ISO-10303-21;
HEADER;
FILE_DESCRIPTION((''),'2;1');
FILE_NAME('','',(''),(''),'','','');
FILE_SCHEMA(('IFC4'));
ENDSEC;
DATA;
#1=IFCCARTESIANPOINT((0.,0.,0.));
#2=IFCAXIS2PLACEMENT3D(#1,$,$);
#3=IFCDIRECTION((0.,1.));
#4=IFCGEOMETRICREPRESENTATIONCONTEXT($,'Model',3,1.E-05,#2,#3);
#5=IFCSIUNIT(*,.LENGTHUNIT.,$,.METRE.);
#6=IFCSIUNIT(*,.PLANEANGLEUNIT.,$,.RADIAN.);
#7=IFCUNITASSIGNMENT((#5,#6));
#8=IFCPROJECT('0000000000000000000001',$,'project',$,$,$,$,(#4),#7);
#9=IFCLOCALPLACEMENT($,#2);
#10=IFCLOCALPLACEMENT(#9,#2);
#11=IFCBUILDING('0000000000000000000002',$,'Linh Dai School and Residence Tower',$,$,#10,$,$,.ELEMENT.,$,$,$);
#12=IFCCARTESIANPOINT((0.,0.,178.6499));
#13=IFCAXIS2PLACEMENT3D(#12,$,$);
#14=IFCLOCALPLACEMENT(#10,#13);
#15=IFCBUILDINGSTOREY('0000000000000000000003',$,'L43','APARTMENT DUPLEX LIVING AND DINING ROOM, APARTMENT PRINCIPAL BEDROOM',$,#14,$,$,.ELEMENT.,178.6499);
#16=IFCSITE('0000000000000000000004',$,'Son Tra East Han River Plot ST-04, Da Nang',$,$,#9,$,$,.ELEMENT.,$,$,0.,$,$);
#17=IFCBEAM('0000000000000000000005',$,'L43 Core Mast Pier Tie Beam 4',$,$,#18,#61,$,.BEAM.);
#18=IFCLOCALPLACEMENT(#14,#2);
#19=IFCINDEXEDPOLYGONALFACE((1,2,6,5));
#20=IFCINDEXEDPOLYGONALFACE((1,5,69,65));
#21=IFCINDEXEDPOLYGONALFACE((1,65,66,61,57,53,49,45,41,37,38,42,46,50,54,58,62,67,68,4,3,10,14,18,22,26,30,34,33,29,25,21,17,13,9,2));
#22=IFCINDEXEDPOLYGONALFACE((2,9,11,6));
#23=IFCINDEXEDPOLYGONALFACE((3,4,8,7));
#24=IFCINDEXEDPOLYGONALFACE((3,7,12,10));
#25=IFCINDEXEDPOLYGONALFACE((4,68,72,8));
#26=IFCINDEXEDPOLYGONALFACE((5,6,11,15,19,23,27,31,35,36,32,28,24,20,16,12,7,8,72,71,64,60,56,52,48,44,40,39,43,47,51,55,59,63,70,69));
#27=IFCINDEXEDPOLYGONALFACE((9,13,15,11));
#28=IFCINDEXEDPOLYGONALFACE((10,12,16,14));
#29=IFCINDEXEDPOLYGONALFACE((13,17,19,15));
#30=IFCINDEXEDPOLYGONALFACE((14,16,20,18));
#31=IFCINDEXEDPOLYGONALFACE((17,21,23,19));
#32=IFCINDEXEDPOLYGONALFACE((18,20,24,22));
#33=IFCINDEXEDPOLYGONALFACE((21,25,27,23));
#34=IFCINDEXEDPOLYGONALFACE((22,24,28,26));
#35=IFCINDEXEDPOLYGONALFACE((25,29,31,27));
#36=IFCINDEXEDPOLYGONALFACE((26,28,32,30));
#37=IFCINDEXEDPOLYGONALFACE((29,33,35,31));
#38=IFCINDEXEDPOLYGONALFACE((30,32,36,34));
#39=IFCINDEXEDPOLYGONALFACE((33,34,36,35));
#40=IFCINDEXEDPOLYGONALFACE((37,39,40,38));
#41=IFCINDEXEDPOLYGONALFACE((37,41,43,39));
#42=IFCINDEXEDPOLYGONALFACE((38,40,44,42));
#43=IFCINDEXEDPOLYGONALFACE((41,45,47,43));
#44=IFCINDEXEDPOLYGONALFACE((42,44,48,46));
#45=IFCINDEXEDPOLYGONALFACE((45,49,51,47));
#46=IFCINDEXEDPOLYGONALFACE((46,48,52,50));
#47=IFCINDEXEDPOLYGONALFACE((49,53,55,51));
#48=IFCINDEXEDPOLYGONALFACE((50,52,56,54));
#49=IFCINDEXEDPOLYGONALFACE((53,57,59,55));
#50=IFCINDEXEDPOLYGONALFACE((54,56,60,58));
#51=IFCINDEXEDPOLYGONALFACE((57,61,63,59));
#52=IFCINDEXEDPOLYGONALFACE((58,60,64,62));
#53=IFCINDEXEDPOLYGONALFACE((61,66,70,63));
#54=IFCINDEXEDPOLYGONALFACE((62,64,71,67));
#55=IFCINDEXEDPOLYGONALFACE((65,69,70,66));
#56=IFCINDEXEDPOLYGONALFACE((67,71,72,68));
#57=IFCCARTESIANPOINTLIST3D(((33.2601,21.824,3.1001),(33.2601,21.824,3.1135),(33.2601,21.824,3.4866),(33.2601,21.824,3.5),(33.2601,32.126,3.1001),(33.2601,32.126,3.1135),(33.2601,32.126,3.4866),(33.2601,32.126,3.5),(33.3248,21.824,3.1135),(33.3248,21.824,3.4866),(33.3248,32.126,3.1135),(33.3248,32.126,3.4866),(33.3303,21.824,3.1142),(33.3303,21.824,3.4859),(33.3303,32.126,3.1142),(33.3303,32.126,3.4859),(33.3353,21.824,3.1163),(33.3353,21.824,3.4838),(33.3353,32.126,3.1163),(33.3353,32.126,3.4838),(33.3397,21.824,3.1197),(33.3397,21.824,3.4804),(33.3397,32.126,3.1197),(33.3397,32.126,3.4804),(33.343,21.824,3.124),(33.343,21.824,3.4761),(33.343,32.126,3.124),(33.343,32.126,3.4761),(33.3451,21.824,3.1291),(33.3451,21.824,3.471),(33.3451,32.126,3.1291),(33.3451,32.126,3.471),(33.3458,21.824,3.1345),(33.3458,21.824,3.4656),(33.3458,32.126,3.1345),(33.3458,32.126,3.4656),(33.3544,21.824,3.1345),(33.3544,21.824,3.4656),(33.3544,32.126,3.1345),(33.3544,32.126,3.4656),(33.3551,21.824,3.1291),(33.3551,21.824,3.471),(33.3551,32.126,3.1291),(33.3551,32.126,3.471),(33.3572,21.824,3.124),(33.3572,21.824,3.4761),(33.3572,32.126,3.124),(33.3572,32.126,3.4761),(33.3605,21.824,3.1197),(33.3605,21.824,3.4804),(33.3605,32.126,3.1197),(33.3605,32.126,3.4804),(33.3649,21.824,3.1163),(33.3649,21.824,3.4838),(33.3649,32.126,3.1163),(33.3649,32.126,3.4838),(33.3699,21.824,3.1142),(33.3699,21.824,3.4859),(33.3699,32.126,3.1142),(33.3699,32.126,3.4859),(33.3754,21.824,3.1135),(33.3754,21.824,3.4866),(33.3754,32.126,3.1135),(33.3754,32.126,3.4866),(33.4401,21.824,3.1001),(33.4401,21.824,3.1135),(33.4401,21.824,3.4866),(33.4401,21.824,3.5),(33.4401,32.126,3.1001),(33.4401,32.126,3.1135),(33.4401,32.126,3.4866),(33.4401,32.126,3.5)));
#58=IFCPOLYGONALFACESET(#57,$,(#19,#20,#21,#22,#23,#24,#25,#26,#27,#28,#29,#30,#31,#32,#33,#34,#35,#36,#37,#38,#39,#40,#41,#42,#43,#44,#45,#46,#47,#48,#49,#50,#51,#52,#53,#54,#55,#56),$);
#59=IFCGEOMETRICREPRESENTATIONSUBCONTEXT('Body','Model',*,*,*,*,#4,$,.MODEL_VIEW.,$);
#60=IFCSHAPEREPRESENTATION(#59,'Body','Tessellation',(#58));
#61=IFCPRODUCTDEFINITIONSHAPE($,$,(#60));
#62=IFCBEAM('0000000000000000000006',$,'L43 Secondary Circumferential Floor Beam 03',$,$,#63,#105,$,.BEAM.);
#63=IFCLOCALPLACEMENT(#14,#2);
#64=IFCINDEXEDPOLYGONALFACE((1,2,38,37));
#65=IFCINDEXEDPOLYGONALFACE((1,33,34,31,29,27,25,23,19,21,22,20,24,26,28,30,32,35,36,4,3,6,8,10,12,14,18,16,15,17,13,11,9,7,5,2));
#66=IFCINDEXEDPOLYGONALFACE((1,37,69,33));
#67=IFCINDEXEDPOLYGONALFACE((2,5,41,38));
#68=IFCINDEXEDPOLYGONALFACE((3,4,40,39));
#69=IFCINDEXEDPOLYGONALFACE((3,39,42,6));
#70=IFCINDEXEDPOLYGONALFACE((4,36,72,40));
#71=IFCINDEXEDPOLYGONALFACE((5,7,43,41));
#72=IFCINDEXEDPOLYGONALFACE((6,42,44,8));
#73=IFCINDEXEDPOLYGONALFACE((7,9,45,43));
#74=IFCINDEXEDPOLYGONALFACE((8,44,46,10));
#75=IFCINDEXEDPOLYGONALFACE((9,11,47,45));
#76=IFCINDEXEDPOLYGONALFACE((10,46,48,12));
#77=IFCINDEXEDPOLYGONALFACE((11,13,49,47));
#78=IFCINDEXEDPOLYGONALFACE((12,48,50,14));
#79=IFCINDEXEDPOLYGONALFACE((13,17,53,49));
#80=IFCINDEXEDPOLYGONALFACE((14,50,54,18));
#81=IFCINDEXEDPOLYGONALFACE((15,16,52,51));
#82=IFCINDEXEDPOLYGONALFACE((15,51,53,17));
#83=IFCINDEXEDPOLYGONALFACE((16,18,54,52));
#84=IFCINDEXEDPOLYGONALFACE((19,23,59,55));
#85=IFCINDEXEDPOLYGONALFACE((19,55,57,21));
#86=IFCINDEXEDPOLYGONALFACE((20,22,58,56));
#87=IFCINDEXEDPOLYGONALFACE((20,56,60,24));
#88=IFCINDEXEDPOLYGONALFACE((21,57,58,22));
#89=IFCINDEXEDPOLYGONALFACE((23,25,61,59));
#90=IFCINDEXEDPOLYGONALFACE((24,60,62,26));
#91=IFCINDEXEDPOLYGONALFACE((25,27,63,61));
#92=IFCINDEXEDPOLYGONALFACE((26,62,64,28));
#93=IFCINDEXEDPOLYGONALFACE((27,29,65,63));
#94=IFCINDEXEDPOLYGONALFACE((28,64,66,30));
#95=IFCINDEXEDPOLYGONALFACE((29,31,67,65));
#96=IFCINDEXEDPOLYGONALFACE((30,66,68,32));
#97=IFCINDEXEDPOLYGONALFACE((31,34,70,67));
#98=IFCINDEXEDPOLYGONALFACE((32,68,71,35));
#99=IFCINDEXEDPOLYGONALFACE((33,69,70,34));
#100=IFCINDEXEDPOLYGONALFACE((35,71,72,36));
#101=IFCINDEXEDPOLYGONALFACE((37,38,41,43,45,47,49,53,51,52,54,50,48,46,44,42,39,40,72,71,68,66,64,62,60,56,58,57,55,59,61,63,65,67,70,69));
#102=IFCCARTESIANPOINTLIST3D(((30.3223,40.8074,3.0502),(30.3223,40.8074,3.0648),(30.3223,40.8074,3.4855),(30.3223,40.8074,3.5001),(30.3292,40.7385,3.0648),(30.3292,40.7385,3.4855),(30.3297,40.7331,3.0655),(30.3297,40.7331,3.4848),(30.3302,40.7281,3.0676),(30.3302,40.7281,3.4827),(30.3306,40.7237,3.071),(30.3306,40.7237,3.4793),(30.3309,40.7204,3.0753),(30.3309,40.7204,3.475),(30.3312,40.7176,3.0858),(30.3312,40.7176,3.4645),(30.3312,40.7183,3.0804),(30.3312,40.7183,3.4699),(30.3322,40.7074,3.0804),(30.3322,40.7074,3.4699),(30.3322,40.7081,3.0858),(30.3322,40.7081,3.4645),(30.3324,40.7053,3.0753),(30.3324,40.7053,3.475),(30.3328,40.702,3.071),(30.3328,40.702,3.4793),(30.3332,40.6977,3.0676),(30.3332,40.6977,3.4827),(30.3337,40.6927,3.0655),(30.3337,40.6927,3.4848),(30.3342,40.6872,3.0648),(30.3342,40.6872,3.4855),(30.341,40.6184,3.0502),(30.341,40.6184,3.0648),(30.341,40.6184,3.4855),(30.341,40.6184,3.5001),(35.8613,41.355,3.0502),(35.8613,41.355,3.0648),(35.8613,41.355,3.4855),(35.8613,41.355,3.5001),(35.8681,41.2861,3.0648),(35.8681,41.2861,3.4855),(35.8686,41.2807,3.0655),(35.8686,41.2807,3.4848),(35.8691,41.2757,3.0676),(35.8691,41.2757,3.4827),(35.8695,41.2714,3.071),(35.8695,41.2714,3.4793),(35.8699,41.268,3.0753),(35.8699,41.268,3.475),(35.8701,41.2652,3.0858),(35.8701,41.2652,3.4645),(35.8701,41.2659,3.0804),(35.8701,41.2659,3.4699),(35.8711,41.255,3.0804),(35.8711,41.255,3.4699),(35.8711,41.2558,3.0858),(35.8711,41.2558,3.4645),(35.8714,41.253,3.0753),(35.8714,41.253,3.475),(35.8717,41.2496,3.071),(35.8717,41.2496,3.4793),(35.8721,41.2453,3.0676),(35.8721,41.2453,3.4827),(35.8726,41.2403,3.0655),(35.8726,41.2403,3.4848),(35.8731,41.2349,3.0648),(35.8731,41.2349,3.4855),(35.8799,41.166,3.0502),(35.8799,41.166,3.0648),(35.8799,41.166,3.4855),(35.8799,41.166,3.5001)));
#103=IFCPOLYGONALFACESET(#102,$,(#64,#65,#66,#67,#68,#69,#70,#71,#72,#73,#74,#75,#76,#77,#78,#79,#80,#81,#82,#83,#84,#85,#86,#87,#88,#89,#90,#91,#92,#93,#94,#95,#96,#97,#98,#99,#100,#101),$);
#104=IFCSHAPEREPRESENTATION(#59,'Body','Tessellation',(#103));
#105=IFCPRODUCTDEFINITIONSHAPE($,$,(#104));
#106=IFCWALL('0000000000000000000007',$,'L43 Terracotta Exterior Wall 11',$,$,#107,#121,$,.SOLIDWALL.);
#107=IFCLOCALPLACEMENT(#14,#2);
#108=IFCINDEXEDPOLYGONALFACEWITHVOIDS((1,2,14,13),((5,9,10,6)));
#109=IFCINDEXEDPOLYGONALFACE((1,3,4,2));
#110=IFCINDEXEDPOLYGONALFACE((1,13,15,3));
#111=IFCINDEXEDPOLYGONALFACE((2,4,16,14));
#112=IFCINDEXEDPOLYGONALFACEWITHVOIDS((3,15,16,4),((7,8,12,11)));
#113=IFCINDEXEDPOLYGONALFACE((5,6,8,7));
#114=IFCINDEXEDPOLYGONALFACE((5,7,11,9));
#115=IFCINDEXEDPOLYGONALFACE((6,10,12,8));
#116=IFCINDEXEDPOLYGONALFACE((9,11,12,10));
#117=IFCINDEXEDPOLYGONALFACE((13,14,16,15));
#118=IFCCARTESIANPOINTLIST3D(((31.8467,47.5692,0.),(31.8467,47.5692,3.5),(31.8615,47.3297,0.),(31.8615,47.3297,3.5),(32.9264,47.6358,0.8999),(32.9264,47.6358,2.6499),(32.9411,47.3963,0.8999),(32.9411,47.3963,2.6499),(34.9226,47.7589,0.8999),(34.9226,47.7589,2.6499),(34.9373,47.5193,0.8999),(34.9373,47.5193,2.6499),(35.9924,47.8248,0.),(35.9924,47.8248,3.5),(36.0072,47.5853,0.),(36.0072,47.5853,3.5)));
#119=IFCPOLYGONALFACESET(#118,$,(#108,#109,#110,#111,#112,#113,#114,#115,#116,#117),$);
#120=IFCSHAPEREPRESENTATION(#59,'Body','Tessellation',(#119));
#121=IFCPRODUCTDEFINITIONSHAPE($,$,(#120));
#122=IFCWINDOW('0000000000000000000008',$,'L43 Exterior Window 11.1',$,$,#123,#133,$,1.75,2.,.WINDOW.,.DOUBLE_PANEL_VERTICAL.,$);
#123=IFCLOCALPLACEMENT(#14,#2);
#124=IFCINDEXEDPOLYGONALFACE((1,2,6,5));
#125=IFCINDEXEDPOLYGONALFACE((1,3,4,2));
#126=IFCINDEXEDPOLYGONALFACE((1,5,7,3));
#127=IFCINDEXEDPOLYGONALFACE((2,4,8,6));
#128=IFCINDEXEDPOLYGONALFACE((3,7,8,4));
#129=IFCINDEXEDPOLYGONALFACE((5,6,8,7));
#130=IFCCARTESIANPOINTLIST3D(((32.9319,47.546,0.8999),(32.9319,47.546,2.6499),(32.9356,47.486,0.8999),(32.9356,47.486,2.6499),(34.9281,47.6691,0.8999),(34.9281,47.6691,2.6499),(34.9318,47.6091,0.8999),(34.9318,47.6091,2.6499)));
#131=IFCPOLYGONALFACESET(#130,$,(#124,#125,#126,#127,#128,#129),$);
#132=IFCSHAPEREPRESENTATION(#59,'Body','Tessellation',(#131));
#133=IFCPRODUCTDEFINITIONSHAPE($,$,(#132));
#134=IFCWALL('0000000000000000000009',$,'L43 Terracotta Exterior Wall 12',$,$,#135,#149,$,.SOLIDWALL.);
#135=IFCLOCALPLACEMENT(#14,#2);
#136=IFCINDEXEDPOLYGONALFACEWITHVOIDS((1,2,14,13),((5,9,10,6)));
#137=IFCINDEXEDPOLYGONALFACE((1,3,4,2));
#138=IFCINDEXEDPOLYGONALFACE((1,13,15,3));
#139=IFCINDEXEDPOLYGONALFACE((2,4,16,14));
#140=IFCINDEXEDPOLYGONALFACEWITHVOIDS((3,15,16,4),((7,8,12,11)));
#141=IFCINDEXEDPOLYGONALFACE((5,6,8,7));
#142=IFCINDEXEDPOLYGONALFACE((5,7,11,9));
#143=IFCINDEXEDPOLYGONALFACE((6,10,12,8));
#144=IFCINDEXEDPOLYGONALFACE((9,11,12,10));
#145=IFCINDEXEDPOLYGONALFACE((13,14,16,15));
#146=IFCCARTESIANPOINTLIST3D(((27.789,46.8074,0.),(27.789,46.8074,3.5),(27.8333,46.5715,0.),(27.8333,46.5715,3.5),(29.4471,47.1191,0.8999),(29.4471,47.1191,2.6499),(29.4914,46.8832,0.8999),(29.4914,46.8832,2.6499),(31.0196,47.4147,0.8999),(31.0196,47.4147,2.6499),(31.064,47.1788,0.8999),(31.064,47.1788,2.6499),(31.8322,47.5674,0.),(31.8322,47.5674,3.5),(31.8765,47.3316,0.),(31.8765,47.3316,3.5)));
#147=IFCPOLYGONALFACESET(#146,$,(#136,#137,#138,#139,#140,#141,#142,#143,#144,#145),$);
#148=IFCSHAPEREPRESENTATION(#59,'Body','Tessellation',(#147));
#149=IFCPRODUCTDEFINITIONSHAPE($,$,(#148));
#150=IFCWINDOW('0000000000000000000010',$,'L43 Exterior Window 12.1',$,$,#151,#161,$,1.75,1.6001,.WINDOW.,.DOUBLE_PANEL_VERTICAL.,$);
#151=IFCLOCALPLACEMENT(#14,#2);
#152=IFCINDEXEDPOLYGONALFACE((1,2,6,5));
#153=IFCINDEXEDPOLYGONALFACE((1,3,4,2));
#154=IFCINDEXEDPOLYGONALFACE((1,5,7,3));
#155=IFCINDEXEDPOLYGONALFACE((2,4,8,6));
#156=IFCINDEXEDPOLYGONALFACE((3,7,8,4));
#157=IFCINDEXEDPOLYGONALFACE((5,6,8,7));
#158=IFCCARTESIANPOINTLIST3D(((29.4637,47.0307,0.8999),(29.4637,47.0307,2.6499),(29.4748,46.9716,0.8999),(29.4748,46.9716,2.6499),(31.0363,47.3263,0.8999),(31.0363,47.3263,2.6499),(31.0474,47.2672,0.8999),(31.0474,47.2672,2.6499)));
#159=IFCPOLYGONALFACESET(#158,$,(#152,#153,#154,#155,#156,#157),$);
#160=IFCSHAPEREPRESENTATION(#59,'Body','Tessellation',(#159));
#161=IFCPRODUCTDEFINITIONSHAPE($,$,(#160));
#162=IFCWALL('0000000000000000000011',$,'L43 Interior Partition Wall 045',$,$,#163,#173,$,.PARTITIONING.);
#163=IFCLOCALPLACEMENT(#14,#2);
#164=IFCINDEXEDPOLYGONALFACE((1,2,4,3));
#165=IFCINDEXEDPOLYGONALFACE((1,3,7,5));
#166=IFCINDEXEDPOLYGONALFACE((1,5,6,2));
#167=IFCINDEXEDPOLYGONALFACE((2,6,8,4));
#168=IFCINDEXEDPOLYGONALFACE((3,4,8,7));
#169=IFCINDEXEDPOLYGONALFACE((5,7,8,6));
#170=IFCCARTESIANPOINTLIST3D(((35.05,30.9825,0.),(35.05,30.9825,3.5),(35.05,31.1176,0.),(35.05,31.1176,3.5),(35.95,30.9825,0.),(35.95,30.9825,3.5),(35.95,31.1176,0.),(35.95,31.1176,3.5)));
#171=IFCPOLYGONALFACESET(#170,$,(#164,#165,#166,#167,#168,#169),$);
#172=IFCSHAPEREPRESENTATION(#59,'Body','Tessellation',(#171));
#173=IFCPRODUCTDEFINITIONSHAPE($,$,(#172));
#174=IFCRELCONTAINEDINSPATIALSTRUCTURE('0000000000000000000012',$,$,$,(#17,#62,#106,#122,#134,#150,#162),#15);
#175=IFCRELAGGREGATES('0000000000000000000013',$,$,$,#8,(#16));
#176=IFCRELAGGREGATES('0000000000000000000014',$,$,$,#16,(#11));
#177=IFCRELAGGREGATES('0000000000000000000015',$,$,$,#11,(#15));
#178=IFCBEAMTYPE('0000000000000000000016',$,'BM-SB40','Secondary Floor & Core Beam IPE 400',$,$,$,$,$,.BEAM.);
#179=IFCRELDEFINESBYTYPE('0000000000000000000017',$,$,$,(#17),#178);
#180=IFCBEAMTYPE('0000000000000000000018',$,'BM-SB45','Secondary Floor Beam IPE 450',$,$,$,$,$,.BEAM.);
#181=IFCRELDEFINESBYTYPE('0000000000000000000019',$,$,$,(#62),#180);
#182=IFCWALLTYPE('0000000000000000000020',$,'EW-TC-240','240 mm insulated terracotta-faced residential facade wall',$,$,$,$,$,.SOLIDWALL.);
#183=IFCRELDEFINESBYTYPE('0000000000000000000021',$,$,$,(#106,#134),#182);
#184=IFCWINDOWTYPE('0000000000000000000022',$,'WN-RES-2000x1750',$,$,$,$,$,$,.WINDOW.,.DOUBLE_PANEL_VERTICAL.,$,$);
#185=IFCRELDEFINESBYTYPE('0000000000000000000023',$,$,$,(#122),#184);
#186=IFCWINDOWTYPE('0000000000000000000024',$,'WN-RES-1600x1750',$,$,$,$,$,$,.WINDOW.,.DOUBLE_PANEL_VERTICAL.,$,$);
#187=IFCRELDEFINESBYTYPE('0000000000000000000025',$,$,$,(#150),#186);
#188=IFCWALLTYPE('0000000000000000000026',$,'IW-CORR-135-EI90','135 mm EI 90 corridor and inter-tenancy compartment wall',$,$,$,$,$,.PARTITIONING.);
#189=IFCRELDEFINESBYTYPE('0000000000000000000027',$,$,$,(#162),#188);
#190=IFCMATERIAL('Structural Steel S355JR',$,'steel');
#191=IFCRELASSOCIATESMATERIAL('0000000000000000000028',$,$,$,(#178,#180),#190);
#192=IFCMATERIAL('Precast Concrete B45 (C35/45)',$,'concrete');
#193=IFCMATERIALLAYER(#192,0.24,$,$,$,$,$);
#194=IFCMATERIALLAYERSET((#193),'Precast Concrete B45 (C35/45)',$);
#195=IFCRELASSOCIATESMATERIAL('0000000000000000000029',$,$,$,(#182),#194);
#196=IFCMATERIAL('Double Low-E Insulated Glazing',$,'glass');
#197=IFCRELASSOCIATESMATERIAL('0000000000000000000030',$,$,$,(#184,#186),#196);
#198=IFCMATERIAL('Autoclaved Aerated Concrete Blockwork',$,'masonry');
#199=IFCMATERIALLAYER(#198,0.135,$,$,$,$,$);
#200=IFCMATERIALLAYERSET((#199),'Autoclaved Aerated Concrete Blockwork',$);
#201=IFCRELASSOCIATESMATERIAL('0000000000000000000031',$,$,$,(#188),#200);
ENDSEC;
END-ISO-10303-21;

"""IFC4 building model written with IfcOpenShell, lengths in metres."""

from ifc_helpers import new_model, si_unit, direction, frame, frame_2d, origin, origin_2d, place, context, subcontext, project, spatial, rectangle, i_section, extrude, source, transform, mapped, material, layer, layer_set, material_profile, profile_set, type_object, element, fill, save


model = new_model("IFC4")

# Units and contexts
model_context = context("Model", 3, precision=1e-05, world=origin(), true_north=direction((0.0, 1.0)))
body_context = subcontext(model_context, "Body", "Model", "MODEL_VIEW")
ifc_project = project(units=[si_unit("LENGTHUNIT", "METRE"), si_unit("PLANEANGLEUNIT", "RADIAN")], contexts=[model_context])

# Site, building, storey
site_placement = place(None, origin())
site = spatial("IfcSite", under=ifc_project, at=site_placement, Name="Son Tra East Han River Plot ST-04, Da Nang", CompositionType="ELEMENT", RefElevation=0.0)
building_placement = place(site_placement, origin())
building = spatial("IfcBuilding", under=site, at=building_placement, Name="Linh Dai School and Residence Tower", CompositionType="ELEMENT")
storey_placement = place(building_placement, frame((0.0, 0.0, 178.6499)))
storey = spatial("IfcBuildingStorey", under=building, at=storey_placement, Name="L43", Description="APARTMENT DUPLEX LIVING AND DINING ROOM, APARTMENT PRINCIPAL BEDROOM", CompositionType="ELEMENT", Elevation=178.6499)

# Shared definitions
ifc_material_1 = material(Name="Structural Steel S355JR", Category="steel")

# Beams
ifc_material_profile_1 = material_profile(ifc_material_1, i_section(OverallWidth=0.1799, OverallDepth=0.3999, WebThickness=0.0085, FlangeThickness=0.0134, FilletRadius=0.021, at=origin_2d()), Name="IPE 400")
ifc_profile_set_1 = profile_set([ifc_material_profile_1], Name="Structural Steel S355JR")
beam_type_1 = type_object("IfcBeamType", Name="BM-SB40", Description="Secondary Floor & Core Beam IPE 400", PredefinedType="BEAM", material=ifc_profile_set_1)
beam_1_placement = place(storey_placement, frame((33.3501, 32.126, 3.3), z_axis=(0.0, -1.0, 0.0), x_axis=(1.0, 0.0, 0.0)))
element("IfcBeam", 1, at=beam_1_placement, inside=storey, type_object=beam_type_1, Name="L43 Core Mast Pier Tie Beam 4", PredefinedType="BEAM", context=body_context, shape_type="SweptSolid", body=[
    extrude(i_section(OverallWidth=0.1799, OverallDepth=0.3999, WebThickness=0.0085, FlangeThickness=0.0134, FilletRadius=0.021, at=origin_2d()), origin(), (0.0, 0.0, 1.0), 10.302),
])
ifc_material_profile_2 = material_profile(ifc_material_1, i_section(OverallWidth=0.1899, OverallDepth=0.45, WebThickness=0.0095, FlangeThickness=0.0146, FilletRadius=0.021, at=origin_2d()), Name="IPE 450")
ifc_profile_set_2 = profile_set([ifc_material_profile_2], Name="Structural Steel S355JR")
beam_type_2 = type_object("IfcBeamType", Name="BM-SB45", Description="Secondary Floor Beam IPE 450", PredefinedType="BEAM", material=ifc_profile_set_2)
beam_2_placement = place(storey_placement, frame((35.8706, 41.2605, 3.2751), z_axis=(-0.995148, -0.098388, 0.0), x_axis=(0.098388, -0.995148, 0.0)))
element("IfcBeam", 2, at=beam_2_placement, inside=storey, type_object=beam_type_2, Name="L43 Secondary Circumferential Floor Beam 03", PredefinedType="BEAM", context=body_context, shape_type="SweptSolid", body=[
    extrude(i_section(OverallWidth=0.1899, OverallDepth=0.45, WebThickness=0.0095, FlangeThickness=0.0146, FilletRadius=0.021, at=origin_2d()), origin(), (0.0, 0.0, 1.0), 5.5659),
])

# Walls, openings, windows
ifc_material_2 = material(Name="Precast Concrete B45 (C35/45)", Category="concrete")
ifc_layer_1 = layer(ifc_material_2, 0.24)
ifc_layer_set_1 = layer_set([ifc_layer_1], Name="Precast Concrete B45 (C35/45)")
wall_type_1 = type_object("IfcWallType", Name="EW-TC-240", Description="240 mm insulated terracotta-faced residential facade wall", PredefinedType="SOLIDWALL", material=ifc_layer_set_1)
wall_1_placement = place(storey_placement, frame((31.8542, 47.4495, 0.0), z_axis=(0.0, 0.0, 1.0), x_axis=(0.998105, 0.06154, 0.0)))
wall_1 = element("IfcWall", 3, at=wall_1_placement, inside=storey, type_object=wall_type_1, Name="L43 Terracotta Exterior Wall 11", PredefinedType="SOLIDWALL", context=body_context, shape_type="SweptSolid", body=[
    extrude(rectangle(XDim=4.1536, YDim=0.24, at=frame_2d((2.0767, 0.0))), origin(), (0.0, 0.0, 1.0), 3.5),
])
opening_1_placement = place(wall_1_placement, frame((1.0815, 0.0, 0.8999)))
opening_1 = element("IfcOpeningElement", 4, at=opening_1_placement, cuts=wall_1, PredefinedType="OPENING", context=body_context, shape_type="SweptSolid", body=[
    extrude(rectangle(XDim=2.0, YDim=1.75, at=origin_2d()), frame((1.0, 0.1299, 0.875), z_axis=(0.0, -1.0, 0.0), x_axis=(1.0, 0.0, 0.0)), (0.0, 0.0, 1.0), 0.26),
])
ifc_material_3 = material(Name="Double Low-E Insulated Glazing", Category="glass")
window_type_1 = type_object("IfcWindowType", Name="WN-RES-2000x1750", PartitioningType="DOUBLE_PANEL_VERTICAL", PredefinedType="WINDOW", material=ifc_material_3)
shared_shape_1 = source(origin(), body_context, "Body", "SweptSolid", [
    extrude(rectangle(XDim=2.0, YDim=1.75, at=origin_2d()), frame((1.0, 0.03, 0.875), z_axis=(0.0, -1.0, 0.0), x_axis=(1.0, 0.0, 0.0)), (0.0, 0.0, 1.0), 0.0601),
])
window_1_placement = place(opening_1_placement, origin())
window_1 = element("IfcWindow", 5, at=window_1_placement, inside=storey, type_object=window_type_1, Name="L43 Exterior Window 11.1", OverallHeight=1.75, OverallWidth=2.0, PartitioningType="DOUBLE_PANEL_VERTICAL", PredefinedType="WINDOW", context=body_context, shape_type="MappedRepresentation", body=[
    mapped(shared_shape_1, transform((0.0, 0.0, 0.0), x_axis=(1.0, 0.0, 0.0), y_axis=(0.0, 1.0, 0.0), z_axis=(0.0, 0.0, 1.0), scale=1.0)),
])
fill(opening_1, window_1)
wall_2_placement = place(storey_placement, frame((27.811, 46.6895, 0.0), z_axis=(0.0, 0.0, 1.0), x_axis=(0.982788, 0.184736, 0.0)))
wall_2 = element("IfcWall", 6, at=wall_2_placement, inside=storey, type_object=wall_type_1, Name="L43 Terracotta Exterior Wall 12", PredefinedType="SOLIDWALL", context=body_context, shape_type="SweptSolid", body=[
    extrude(rectangle(XDim=4.114, YDim=0.24, at=frame_2d((2.0571, 0.0))), origin(), (0.0, 0.0, 1.0), 3.5),
])
opening_2_placement = place(wall_2_placement, frame((1.6873, 0.0, 0.8999)))
opening_2 = element("IfcOpeningElement", 7, at=opening_2_placement, cuts=wall_2, PredefinedType="OPENING", context=body_context, shape_type="SweptSolid", body=[
    extrude(rectangle(XDim=1.6001, YDim=1.75, at=origin_2d()), frame((0.8, 0.1299, 0.875), z_axis=(0.0, -1.0, 0.0), x_axis=(1.0, 0.0, 0.0)), (0.0, 0.0, 1.0), 0.26),
])
window_type_2 = type_object("IfcWindowType", Name="WN-RES-1600x1750", PartitioningType="DOUBLE_PANEL_VERTICAL", PredefinedType="WINDOW", material=ifc_material_3)
shared_shape_2 = source(origin(), body_context, "Body", "SweptSolid", [
    extrude(rectangle(XDim=1.6001, YDim=1.75, at=origin_2d()), frame((0.8, 0.03, 0.875), z_axis=(0.0, -1.0, 0.0), x_axis=(1.0, 0.0, 0.0)), (0.0, 0.0, 1.0), 0.0601),
])
window_2_placement = place(opening_2_placement, origin())
window_2 = element("IfcWindow", 8, at=window_2_placement, inside=storey, type_object=window_type_2, Name="L43 Exterior Window 12.1", OverallHeight=1.75, OverallWidth=1.6001, PartitioningType="DOUBLE_PANEL_VERTICAL", PredefinedType="WINDOW", context=body_context, shape_type="MappedRepresentation", body=[
    mapped(shared_shape_2, transform((0.0, 0.0, 0.0), x_axis=(1.0, 0.0, 0.0), y_axis=(0.0, 1.0, 0.0), z_axis=(0.0, 0.0, 1.0), scale=1.0)),
])
fill(opening_2, window_2)

# Wall
ifc_material_4 = material(Name="Autoclaved Aerated Concrete Blockwork", Category="masonry")
ifc_layer_2 = layer(ifc_material_4, 0.135)
ifc_layer_set_2 = layer_set([ifc_layer_2], Name="Autoclaved Aerated Concrete Blockwork")
wall_type_2 = type_object("IfcWallType", Name="IW-CORR-135-EI90", Description="135 mm EI 90 corridor and inter-tenancy compartment wall", PredefinedType="PARTITIONING", material=ifc_layer_set_2)
wall_3_placement = place(storey_placement, frame((35.05, 31.05, 0.0), z_axis=(0.0, 0.0, 1.0), x_axis=(1.0, 0.0, 0.0)))
element("IfcWall", 9, at=wall_3_placement, inside=storey, type_object=wall_type_2, Name="L43 Interior Partition Wall 045", PredefinedType="PARTITIONING", context=body_context, shape_type="SweptSolid", body=[
    extrude(rectangle(XDim=0.8999, YDim=0.135, at=frame_2d((0.45, 0.0))), origin(), (0.0, 0.0, 1.0), 3.5),
])

save(model, "model.ifc")
